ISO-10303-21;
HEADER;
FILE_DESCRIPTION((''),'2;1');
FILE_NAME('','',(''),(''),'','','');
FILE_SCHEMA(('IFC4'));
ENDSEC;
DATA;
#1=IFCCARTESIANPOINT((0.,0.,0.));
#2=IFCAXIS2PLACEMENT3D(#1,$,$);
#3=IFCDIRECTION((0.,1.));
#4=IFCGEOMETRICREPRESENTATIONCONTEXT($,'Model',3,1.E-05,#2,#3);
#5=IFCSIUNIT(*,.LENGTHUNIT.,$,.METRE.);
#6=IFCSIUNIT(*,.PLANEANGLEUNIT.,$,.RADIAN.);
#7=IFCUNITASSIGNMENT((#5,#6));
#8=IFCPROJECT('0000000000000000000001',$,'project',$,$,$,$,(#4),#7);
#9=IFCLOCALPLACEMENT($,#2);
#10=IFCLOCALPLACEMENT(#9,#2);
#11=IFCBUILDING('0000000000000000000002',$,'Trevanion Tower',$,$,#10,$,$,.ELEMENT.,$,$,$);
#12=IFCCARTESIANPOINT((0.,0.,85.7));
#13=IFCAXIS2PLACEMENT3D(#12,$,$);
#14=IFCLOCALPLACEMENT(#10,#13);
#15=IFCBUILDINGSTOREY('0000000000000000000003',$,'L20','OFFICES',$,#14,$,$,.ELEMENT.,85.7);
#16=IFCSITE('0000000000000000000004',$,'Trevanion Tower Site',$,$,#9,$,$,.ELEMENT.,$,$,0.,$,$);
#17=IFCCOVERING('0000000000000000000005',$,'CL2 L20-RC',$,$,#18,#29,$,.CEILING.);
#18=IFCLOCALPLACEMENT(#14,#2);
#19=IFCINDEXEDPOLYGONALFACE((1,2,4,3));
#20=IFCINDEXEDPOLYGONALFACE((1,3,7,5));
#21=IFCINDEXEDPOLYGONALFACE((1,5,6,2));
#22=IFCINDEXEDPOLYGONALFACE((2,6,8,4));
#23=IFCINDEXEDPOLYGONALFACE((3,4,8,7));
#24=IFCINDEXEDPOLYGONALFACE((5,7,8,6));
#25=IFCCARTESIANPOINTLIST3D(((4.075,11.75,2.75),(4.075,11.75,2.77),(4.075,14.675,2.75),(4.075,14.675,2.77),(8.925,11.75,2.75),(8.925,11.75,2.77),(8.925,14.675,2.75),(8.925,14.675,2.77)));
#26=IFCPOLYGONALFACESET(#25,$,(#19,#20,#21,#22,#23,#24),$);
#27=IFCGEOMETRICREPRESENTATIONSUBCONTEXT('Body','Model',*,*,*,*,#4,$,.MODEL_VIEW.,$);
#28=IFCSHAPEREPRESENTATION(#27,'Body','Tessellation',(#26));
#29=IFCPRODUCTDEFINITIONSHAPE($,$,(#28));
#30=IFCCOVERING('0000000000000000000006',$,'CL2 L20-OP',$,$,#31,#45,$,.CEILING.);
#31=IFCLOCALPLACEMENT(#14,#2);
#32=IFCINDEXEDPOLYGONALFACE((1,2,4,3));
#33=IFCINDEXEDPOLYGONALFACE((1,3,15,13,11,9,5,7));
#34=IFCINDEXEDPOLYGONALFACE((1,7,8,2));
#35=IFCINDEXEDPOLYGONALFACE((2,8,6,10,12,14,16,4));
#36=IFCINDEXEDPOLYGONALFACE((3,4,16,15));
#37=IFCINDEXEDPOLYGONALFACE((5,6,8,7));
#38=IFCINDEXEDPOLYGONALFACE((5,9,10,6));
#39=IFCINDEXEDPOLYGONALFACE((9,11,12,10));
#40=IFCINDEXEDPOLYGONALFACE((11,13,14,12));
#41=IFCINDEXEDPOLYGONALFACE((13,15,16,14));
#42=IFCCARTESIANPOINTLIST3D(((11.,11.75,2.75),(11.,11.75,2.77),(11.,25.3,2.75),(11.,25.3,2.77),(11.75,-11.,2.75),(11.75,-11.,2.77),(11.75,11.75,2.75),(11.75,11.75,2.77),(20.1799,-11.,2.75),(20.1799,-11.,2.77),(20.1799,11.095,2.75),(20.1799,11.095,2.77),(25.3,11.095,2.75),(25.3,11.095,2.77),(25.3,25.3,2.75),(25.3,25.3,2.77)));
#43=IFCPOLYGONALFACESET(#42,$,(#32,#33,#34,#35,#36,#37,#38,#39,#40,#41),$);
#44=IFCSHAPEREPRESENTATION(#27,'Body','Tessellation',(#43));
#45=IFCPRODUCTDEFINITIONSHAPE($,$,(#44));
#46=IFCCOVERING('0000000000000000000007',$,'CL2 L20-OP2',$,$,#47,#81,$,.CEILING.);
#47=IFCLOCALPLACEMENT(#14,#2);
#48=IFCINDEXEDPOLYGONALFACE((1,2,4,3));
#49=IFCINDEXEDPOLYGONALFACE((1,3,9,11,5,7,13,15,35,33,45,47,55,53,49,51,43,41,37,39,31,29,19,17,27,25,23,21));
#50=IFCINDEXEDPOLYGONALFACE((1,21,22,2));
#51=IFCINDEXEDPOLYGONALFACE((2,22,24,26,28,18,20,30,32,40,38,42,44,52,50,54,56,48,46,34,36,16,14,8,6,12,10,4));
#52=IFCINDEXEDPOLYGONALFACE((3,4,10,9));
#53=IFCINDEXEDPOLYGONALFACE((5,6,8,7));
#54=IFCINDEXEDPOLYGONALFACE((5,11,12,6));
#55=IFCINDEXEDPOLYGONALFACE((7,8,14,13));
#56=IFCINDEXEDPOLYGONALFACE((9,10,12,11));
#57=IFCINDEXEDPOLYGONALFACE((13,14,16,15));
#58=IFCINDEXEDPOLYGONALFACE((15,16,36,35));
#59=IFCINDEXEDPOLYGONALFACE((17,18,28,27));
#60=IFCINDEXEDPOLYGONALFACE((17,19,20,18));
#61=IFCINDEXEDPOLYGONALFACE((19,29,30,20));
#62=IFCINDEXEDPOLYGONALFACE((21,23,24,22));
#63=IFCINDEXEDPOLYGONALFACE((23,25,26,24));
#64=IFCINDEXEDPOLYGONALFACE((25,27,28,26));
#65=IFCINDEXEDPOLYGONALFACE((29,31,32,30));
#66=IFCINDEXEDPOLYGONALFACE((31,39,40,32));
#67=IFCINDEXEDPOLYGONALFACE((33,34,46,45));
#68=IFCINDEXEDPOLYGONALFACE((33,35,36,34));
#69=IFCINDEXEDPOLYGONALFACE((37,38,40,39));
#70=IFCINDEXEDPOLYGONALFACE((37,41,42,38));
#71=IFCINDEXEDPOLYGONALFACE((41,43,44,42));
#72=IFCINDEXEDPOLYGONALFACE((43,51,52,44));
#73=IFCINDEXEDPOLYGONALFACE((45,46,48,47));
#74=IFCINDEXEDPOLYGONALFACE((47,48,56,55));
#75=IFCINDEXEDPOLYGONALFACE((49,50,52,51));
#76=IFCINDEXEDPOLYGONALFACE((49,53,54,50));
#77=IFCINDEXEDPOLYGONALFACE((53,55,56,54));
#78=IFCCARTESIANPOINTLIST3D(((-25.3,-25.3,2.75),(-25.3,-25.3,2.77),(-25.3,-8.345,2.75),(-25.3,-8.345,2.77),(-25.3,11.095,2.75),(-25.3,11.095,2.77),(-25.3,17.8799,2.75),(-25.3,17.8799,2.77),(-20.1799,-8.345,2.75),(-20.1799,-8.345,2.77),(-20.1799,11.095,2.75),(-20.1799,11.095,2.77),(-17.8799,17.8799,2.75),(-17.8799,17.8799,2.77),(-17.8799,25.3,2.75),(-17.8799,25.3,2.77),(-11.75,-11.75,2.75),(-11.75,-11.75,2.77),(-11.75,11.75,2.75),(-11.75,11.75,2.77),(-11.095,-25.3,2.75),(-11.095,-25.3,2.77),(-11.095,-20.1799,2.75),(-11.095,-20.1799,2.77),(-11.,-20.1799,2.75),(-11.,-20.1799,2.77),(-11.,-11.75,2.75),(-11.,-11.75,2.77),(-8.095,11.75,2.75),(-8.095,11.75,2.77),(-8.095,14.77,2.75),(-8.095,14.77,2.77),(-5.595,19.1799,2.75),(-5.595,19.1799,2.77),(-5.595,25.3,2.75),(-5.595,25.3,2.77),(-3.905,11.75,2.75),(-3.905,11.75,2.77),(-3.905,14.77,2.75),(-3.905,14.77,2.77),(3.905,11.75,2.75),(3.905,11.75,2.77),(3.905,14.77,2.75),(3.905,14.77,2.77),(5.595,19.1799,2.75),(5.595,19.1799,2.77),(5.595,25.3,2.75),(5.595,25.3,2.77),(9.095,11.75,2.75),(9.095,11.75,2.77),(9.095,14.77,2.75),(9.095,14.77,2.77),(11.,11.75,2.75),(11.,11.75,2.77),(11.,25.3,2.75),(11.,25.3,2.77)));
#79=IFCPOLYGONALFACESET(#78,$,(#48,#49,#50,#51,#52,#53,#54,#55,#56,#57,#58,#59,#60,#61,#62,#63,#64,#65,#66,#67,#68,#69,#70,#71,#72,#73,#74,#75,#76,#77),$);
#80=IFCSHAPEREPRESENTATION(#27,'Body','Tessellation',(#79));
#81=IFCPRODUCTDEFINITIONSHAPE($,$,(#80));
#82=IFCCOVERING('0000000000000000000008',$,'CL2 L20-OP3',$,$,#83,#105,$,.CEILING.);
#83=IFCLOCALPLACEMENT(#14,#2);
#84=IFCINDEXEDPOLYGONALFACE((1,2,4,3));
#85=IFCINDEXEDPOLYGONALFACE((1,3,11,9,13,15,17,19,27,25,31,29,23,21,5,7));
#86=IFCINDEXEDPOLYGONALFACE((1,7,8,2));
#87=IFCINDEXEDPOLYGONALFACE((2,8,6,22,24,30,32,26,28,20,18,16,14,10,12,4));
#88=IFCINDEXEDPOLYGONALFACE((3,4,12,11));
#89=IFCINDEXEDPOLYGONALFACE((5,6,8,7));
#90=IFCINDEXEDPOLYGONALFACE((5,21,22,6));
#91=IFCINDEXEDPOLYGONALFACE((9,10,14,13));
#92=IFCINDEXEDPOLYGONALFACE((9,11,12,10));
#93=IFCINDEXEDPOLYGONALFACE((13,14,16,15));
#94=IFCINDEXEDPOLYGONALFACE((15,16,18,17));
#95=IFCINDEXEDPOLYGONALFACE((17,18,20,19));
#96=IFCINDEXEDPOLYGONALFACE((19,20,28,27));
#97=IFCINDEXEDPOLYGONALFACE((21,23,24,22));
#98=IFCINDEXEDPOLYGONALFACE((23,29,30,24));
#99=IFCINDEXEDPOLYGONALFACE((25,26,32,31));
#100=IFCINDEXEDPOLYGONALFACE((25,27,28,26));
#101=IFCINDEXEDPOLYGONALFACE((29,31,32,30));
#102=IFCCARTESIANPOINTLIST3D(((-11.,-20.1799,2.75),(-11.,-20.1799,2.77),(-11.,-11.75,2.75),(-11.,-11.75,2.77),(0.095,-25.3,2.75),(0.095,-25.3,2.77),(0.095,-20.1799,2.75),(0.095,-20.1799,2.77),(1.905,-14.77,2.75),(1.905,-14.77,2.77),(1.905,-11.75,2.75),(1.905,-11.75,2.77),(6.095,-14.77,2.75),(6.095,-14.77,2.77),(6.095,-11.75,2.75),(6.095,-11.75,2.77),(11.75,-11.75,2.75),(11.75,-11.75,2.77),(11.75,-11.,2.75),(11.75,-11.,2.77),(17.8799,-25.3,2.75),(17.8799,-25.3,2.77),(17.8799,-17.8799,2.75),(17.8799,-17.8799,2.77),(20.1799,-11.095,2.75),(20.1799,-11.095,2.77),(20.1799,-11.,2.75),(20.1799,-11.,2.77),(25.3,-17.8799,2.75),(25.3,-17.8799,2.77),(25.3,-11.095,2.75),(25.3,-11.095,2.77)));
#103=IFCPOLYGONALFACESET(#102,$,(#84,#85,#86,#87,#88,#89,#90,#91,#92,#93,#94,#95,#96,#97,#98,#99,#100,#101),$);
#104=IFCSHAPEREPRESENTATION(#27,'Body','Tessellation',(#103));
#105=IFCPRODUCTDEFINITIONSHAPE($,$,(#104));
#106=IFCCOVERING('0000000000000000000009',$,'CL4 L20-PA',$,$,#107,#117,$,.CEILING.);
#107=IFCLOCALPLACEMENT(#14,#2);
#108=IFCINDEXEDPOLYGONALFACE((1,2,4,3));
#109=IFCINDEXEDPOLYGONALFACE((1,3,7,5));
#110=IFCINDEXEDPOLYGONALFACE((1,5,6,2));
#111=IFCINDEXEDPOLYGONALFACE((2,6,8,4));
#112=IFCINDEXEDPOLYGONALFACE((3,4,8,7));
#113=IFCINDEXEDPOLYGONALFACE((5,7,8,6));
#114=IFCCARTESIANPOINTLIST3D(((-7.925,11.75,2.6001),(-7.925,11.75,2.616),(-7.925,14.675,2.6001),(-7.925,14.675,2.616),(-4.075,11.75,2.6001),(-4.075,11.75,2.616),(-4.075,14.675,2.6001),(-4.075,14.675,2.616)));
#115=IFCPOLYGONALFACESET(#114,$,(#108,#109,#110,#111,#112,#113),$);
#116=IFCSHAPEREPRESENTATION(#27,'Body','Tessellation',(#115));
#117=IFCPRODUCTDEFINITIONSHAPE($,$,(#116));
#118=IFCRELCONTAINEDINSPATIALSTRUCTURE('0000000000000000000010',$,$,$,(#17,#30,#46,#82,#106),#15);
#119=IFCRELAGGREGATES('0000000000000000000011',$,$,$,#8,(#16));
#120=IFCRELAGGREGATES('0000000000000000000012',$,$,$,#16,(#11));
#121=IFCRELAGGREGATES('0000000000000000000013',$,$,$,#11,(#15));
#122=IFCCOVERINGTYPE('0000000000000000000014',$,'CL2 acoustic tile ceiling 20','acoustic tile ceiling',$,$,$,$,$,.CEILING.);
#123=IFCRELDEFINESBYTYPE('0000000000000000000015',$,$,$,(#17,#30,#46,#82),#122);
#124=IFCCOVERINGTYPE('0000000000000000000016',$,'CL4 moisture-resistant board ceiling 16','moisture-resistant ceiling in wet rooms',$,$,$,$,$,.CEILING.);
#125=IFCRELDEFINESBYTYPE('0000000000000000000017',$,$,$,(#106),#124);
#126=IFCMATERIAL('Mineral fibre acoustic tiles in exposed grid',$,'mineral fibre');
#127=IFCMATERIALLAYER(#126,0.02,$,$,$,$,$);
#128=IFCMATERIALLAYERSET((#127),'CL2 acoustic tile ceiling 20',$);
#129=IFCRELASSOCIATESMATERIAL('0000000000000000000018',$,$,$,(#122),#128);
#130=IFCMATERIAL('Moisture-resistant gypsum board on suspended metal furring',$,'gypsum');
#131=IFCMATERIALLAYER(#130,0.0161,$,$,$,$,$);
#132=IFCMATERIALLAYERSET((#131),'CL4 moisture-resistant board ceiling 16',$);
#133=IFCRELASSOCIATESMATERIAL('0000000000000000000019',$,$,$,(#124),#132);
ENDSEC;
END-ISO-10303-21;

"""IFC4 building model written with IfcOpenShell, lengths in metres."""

from ifc_helpers import new_model, si_unit, direction, frame, origin, place, context, subcontext, project, spatial, polyline, outline, extrude, material, layer, layer_set, type_object, element, save


model = new_model("IFC4")

# Units and contexts
model_context = context("Model", 3, precision=1e-05, world=origin(), true_north=direction((0.0, 1.0)))
body_context = subcontext(model_context, "Body", "Model", "MODEL_VIEW")
ifc_project = project(units=[si_unit("LENGTHUNIT", "METRE"), si_unit("PLANEANGLEUNIT", "RADIAN")], contexts=[model_context])

# Site, building, storey
site_placement = place(None, origin())
site = spatial("IfcSite", under=ifc_project, at=site_placement, Name="Trevanion Tower Site", CompositionType="ELEMENT", RefElevation=0.0)
building_placement = place(site_placement, origin())
building = spatial("IfcBuilding", under=site, at=building_placement, Name="Trevanion Tower", CompositionType="ELEMENT")
storey_placement = place(building_placement, frame((0.0, 0.0, 85.7)))
storey = spatial("IfcBuildingStorey", under=building, at=storey_placement, Name="L20", Description="OFFICES", CompositionType="ELEMENT", Elevation=85.7)

# Coverings
ifc_material_1 = material(Name="Mineral fibre acoustic tiles in exposed grid", Category="mineral fibre")
ifc_layer_1 = layer(ifc_material_1, 0.02)
ifc_layer_set_1 = layer_set([ifc_layer_1], Name="CL2 acoustic tile ceiling 20")
covering_type_1 = type_object("IfcCoveringType", Name="CL2 acoustic tile ceiling 20", Description="acoustic tile ceiling", PredefinedType="CEILING", material=ifc_layer_set_1)
covering_1_placement = place(storey_placement, frame((0.0, 0.0, 2.75)))
element("IfcCovering", 1, at=covering_1_placement, inside=storey, type_object=covering_type_1, Name="CL2 L20-RC", PredefinedType="CEILING", context=body_context, shape_type="SweptSolid", body=[
    extrude(outline(polyline([(4.075, 14.675), (8.925, 14.675), (8.925, 11.75), (4.075, 11.75), (4.075, 14.675)])), origin(), (0.0, 0.0, 1.0), 0.02),
])
covering_2_placement = place(storey_placement, frame((0.0, 0.0, 2.75)))
element("IfcCovering", 2, at=covering_2_placement, inside=storey, type_object=covering_type_1, Name="CL2 L20-OP", PredefinedType="CEILING", context=body_context, shape_type="SweptSolid", body=[
    extrude(outline(polyline([(11.75, 11.75), (11.0, 11.75), (11.0, 25.3), (25.3, 25.3), (25.3, 11.095), (20.1799, 11.095), (20.1799, -11.0), (11.75, -11.0), (11.75, 11.75)])), origin(), (0.0, 0.0, 1.0), 0.02),
])
covering_3_placement = place(storey_placement, frame((0.0, 0.0, 2.75)))
element("IfcCovering", 3, at=covering_3_placement, inside=storey, type_object=covering_type_1, Name="CL2 L20-OP2", PredefinedType="CEILING", context=body_context, shape_type="SweptSolid", body=[
    extrude(outline(polyline([(-11.0, -11.75), (-11.0, -20.1799), (-11.095, -20.1799), (-11.095, -25.3), (-25.3, -25.3), (-25.3, -8.345), (-20.1799, -8.345), (-20.1799, 11.095), (-25.3, 11.095), (-25.3, 17.8799), (-17.8799, 17.8799), (-17.8799, 25.3), (-5.595, 25.3), (-5.595, 19.1799), (5.595, 19.1799), (5.595, 25.3), (11.0, 25.3), (11.0, 11.75), (9.095, 11.75), (9.095, 14.77), (3.905, 14.77), (3.905, 11.75), (-3.905, 11.75), (-3.905, 14.77), (-8.095, 14.77), (-8.095, 11.75), (-11.75, 11.75), (-11.75, -11.75), (-11.0, -11.75)])), origin(), (0.0, 0.0, 1.0), 0.02),
])
covering_4_placement = place(storey_placement, frame((0.0, 0.0, 2.75)))
element("IfcCovering", 4, at=covering_4_placement, inside=storey, type_object=covering_type_1, Name="CL2 L20-OP3", PredefinedType="CEILING", context=body_context, shape_type="SweptSolid", body=[
    extrude(outline(polyline([(1.905, -11.75), (1.905, -14.77), (6.095, -14.77), (6.095, -11.75), (11.75, -11.75), (11.75, -11.0), (20.1799, -11.0), (20.1799, -11.095), (25.3, -11.095), (25.3, -17.8799), (17.8799, -17.8799), (17.8799, -25.3), (0.095, -25.3), (0.095, -20.1799), (-11.0, -20.1799), (-11.0, -11.75), (1.905, -11.75)])), origin(), (0.0, 0.0, 1.0), 0.02),
])
ifc_material_2 = material(Name="Moisture-resistant gypsum board on suspended metal furring", Category="gypsum")
ifc_layer_2 = layer(ifc_material_2, 0.0161)
ifc_layer_set_2 = layer_set([ifc_layer_2], Name="CL4 moisture-resistant board ceiling 16")
covering_type_2 = type_object("IfcCoveringType", Name="CL4 moisture-resistant board ceiling 16", Description="moisture-resistant ceiling in wet rooms", PredefinedType="CEILING", material=ifc_layer_set_2)
covering_5_placement = place(storey_placement, frame((0.0, 0.0, 2.6001)))
element("IfcCovering", 5, at=covering_5_placement, inside=storey, type_object=covering_type_2, Name="CL4 L20-PA", PredefinedType="CEILING", context=body_context, shape_type="SweptSolid", body=[
    extrude(outline(polyline([(-7.925, 14.675), (-4.075, 14.675), (-4.075, 11.75), (-7.925, 11.75), (-7.925, 14.675)])), origin(), (0.0, 0.0, 1.0), 0.0159),
])

save(model, "model.ifc")
